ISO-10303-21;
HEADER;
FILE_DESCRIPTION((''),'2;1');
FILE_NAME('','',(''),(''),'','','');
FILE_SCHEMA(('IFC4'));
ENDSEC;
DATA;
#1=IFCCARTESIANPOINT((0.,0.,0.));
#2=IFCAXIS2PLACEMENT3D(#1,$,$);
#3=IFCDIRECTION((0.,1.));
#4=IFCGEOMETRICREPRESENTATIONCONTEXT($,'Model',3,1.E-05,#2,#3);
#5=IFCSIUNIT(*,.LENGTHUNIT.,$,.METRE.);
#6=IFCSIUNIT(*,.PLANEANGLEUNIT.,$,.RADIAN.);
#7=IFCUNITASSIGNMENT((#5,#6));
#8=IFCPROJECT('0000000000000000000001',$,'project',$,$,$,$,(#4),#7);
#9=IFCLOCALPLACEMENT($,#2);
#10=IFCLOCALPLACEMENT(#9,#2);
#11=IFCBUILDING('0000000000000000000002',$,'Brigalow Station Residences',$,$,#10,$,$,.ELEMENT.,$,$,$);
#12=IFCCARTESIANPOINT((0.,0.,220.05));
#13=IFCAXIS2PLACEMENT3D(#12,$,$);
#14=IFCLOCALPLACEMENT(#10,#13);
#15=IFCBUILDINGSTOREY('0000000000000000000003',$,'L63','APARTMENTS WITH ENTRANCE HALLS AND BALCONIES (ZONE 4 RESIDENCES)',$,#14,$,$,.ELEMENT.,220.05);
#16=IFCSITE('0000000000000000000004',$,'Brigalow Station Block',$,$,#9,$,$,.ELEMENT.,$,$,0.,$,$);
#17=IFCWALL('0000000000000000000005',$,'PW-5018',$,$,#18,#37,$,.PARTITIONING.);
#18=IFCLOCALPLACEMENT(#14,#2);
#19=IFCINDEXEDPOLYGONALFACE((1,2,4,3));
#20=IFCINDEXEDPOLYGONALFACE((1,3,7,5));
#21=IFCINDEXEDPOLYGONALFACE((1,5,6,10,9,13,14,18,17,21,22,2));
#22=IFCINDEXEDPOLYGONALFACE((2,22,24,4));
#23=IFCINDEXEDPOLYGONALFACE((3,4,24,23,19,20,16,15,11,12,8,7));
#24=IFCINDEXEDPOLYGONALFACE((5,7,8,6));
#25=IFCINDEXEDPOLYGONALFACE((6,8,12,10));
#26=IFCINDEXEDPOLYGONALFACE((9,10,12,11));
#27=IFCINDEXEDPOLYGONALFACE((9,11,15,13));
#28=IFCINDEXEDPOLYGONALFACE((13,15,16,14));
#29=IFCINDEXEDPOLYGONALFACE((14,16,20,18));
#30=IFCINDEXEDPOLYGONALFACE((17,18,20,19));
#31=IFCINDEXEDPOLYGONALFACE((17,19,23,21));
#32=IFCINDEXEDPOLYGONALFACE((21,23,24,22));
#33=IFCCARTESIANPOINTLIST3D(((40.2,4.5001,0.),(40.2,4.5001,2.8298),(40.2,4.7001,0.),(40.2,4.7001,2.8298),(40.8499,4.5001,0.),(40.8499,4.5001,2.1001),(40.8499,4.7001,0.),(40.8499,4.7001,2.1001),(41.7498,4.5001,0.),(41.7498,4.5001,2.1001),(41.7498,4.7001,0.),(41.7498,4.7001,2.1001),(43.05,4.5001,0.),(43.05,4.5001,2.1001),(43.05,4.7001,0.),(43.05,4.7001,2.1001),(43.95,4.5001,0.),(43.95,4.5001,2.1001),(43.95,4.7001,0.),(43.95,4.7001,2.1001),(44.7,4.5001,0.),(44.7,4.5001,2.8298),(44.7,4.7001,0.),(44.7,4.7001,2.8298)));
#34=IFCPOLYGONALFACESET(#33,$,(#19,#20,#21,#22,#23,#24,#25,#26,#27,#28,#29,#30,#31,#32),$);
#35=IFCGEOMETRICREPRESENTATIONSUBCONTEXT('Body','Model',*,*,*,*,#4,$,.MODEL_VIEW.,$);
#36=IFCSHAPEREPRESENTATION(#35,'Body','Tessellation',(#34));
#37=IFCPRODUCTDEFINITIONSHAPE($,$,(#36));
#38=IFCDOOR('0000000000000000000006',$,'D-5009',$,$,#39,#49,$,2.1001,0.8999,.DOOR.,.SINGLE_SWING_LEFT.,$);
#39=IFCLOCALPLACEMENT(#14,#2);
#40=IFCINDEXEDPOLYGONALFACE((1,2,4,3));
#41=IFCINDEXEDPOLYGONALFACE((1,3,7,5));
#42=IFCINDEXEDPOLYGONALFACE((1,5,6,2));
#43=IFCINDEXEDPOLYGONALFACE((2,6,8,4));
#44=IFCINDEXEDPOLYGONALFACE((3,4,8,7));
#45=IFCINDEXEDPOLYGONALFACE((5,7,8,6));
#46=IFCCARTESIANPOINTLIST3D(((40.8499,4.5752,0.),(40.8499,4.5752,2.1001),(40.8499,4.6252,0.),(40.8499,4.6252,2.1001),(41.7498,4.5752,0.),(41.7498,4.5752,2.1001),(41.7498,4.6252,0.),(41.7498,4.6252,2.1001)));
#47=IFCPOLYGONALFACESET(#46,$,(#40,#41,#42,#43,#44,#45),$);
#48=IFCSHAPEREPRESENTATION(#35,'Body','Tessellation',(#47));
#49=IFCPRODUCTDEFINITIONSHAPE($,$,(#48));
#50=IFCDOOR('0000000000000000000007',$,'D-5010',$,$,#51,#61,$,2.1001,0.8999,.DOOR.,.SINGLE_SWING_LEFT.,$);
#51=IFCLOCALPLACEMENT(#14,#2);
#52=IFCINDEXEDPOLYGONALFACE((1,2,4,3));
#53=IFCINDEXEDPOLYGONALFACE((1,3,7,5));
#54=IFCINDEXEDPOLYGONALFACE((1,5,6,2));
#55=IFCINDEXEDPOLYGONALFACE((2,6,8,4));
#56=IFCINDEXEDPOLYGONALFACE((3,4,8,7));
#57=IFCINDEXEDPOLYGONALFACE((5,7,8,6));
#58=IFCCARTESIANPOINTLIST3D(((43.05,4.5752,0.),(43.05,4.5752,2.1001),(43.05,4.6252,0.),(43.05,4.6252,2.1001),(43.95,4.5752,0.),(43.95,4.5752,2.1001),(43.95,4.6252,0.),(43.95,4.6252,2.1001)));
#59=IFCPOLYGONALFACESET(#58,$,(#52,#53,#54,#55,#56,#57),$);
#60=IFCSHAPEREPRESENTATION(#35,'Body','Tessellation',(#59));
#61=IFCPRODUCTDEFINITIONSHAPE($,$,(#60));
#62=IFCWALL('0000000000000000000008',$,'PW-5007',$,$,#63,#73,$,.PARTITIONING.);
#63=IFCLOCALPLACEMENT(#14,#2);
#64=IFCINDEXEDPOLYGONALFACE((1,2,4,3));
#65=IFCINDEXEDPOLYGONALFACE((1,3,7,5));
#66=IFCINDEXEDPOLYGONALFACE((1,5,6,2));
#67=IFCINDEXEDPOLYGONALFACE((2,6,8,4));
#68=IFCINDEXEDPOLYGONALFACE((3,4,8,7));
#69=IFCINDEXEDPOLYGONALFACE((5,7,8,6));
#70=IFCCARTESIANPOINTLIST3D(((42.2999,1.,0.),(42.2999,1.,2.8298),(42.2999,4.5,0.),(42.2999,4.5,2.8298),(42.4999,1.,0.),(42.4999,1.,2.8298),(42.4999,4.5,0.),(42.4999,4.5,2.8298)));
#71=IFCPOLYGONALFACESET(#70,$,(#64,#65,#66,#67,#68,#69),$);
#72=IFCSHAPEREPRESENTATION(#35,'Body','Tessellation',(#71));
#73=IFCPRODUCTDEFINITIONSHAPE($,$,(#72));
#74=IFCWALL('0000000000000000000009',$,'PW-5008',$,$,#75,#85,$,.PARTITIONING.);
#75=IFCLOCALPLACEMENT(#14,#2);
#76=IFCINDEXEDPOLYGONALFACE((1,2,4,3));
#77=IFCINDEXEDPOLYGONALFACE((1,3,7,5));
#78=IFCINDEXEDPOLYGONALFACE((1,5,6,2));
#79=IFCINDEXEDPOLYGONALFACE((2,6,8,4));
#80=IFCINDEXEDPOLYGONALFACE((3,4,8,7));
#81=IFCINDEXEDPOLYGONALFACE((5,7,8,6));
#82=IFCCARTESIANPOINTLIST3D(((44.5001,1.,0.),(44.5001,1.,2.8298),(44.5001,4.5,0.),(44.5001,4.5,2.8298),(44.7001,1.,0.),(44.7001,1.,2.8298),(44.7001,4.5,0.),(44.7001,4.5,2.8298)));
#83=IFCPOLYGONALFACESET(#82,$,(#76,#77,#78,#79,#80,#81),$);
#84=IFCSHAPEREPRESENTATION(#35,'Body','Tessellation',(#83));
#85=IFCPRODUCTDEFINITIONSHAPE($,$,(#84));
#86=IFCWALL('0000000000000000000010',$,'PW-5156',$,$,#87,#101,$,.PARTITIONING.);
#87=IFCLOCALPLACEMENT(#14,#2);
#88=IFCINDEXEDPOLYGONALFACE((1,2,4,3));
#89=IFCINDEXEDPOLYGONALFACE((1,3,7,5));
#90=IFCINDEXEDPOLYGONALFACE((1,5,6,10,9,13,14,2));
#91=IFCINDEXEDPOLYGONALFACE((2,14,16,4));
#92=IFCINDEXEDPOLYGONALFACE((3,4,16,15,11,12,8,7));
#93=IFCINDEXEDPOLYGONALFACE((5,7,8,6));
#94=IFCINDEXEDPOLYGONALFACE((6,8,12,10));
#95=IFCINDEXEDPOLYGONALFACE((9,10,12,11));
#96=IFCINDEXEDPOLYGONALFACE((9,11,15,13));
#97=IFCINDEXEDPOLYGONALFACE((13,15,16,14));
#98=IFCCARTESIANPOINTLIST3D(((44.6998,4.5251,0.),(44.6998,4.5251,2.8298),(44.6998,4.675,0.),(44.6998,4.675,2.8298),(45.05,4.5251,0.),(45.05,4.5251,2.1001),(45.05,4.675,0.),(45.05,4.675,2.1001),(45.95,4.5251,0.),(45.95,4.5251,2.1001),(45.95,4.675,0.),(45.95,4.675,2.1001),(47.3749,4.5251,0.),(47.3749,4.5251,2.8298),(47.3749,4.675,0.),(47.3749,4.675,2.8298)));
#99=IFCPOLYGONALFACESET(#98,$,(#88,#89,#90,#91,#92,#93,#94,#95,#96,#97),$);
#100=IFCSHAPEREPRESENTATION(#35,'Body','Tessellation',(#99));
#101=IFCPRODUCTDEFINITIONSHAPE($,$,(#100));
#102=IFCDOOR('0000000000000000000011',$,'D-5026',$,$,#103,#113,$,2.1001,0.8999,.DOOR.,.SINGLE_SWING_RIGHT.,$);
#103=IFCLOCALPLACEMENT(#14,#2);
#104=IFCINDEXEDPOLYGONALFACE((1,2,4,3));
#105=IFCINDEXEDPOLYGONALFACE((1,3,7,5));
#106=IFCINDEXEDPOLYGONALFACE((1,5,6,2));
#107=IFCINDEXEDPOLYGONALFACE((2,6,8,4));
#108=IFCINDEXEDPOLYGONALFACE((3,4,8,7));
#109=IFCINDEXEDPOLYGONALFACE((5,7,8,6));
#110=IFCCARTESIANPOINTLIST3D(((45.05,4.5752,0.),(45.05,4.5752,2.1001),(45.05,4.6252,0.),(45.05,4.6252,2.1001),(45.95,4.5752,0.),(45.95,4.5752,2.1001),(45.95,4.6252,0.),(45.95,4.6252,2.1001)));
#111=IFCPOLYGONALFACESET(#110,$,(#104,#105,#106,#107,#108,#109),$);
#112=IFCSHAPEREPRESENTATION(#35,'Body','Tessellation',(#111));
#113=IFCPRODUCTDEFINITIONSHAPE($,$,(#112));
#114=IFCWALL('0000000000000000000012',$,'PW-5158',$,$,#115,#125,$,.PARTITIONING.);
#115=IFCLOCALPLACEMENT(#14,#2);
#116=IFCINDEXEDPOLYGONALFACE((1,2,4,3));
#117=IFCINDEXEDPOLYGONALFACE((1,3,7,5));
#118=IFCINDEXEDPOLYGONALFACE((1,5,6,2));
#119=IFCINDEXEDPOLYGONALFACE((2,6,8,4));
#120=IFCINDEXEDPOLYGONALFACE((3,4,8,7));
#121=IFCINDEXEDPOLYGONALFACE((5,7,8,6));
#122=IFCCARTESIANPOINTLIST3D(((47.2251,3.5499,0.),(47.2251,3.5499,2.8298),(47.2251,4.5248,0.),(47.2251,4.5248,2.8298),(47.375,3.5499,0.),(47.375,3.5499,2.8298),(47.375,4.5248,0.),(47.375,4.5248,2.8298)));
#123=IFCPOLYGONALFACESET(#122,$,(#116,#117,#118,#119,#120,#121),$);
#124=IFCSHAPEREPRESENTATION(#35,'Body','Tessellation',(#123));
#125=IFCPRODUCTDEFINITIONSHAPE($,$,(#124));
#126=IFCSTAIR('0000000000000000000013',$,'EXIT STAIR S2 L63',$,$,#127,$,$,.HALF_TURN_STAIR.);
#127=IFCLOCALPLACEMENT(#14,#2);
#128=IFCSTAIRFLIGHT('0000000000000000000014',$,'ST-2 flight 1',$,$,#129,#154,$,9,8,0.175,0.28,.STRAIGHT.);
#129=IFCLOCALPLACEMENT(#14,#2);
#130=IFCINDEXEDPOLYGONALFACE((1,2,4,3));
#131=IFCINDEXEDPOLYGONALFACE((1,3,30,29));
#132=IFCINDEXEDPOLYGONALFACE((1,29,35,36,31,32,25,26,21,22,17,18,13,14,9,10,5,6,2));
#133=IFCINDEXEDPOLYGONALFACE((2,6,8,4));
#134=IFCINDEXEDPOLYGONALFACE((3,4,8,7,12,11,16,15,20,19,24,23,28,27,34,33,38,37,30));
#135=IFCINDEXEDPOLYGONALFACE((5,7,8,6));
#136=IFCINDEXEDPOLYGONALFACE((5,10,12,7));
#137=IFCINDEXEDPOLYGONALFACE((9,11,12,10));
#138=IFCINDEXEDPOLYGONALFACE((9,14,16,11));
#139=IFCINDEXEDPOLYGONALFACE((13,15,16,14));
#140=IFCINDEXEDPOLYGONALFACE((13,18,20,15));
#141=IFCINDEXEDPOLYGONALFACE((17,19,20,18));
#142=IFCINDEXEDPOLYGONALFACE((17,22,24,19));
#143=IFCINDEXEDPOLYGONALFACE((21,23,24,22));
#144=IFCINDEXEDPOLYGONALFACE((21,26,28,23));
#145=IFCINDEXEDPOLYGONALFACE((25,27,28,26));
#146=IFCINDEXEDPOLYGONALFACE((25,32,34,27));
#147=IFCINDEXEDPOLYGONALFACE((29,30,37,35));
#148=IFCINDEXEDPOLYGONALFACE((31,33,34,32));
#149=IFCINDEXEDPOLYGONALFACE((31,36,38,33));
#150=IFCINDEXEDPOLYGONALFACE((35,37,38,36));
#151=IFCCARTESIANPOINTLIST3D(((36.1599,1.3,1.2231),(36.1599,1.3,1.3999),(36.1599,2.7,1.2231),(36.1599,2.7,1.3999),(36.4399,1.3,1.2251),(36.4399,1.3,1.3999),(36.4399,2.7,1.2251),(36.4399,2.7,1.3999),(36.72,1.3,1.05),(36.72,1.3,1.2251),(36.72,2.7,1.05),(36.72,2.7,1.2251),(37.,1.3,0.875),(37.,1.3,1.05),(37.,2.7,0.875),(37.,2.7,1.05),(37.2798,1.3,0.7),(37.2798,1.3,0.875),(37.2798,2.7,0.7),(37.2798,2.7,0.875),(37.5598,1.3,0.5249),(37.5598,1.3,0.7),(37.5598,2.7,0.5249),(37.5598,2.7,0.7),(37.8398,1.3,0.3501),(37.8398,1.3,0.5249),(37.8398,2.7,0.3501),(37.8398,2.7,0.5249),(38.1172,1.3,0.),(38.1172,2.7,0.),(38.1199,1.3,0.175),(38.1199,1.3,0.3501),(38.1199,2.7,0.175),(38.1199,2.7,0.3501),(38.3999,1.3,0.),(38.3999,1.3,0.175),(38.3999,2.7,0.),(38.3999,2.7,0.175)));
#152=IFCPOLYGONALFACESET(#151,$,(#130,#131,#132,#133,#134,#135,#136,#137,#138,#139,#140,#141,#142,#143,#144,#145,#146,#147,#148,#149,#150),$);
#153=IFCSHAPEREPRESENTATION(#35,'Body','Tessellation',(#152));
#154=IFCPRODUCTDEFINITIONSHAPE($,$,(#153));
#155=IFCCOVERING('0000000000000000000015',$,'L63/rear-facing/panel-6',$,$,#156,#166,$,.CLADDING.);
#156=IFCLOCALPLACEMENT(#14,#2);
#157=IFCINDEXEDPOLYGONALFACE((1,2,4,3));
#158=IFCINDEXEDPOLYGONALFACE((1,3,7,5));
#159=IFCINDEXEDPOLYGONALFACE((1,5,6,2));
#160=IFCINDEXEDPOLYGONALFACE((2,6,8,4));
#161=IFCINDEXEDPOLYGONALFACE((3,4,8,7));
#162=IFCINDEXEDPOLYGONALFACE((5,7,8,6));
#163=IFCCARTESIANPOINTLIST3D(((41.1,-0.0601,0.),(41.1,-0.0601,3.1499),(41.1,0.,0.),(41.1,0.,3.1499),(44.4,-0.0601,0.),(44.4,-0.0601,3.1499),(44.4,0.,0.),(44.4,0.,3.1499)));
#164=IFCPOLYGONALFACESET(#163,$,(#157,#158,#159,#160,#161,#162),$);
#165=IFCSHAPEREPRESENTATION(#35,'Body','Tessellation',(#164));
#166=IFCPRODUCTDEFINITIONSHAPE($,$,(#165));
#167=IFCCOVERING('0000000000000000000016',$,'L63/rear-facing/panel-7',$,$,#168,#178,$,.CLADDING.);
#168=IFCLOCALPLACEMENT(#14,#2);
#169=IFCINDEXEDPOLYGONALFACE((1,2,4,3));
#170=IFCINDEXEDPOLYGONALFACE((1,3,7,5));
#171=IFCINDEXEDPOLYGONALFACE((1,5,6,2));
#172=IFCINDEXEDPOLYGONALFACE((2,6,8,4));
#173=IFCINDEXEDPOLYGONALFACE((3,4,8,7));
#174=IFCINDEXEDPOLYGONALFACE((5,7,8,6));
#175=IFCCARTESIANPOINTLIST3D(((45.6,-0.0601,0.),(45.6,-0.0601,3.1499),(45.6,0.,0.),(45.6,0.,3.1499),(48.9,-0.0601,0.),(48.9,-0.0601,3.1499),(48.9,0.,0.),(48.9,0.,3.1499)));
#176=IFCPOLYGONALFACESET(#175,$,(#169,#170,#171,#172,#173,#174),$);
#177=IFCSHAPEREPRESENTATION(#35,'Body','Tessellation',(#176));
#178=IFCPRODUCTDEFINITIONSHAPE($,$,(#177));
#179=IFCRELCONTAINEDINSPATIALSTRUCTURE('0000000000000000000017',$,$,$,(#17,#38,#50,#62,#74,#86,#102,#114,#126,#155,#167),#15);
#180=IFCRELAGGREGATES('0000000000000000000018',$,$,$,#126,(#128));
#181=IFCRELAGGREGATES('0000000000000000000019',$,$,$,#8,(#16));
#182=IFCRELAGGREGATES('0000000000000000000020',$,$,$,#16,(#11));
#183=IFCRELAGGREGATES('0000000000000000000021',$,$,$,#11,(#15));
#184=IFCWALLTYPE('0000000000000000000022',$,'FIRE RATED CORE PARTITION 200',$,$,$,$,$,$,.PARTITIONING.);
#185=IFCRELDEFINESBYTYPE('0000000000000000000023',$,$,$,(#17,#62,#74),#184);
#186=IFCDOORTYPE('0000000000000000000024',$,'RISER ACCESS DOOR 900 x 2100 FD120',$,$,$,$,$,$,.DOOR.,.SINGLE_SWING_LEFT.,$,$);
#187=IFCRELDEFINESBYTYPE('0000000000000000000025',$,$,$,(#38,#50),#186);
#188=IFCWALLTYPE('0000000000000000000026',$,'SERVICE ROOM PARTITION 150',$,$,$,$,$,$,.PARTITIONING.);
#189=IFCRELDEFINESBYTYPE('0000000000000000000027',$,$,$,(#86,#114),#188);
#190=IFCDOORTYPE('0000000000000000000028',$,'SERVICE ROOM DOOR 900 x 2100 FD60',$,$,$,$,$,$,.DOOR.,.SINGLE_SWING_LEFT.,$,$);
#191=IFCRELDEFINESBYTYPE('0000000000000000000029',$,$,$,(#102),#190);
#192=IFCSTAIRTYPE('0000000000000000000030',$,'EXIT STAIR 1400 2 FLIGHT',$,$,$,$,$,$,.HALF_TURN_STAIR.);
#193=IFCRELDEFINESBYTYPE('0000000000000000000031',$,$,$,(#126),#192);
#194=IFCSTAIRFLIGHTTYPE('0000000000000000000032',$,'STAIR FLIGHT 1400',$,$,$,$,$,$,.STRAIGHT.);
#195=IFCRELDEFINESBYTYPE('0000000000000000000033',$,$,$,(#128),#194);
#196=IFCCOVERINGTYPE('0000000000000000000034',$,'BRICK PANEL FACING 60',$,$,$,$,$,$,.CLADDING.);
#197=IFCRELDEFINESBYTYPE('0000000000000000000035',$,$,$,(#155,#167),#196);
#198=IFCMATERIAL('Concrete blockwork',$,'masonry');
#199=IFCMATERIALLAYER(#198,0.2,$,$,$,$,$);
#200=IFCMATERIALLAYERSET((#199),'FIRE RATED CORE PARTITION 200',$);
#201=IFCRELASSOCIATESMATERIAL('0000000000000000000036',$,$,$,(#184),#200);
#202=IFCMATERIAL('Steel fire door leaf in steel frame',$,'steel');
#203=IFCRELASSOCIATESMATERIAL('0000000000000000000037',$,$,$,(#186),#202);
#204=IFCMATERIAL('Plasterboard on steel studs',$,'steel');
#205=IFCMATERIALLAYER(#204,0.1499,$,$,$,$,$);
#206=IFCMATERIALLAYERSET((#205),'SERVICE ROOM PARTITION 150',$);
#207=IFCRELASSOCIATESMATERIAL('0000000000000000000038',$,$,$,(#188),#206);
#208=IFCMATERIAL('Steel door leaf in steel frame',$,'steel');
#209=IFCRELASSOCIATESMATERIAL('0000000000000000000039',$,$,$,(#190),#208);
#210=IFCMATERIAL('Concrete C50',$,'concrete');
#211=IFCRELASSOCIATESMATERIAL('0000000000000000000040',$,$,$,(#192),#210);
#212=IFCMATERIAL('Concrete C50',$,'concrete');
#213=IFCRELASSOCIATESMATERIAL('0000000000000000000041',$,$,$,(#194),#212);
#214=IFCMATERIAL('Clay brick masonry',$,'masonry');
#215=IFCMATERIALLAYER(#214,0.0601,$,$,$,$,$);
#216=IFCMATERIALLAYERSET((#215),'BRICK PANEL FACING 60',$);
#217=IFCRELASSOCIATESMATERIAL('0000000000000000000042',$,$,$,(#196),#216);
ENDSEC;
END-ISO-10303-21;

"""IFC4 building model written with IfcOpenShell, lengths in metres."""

from ifc_helpers import new_model, si_unit, direction, frame, frame_2d, origin, origin_2d, place, context, subcontext, project, spatial, polyline, rectangle, outline, extrude, material, layer, layer_set, type_object, element, fill, aggregate, save


model = new_model("IFC4")

# Units and contexts
model_context = context("Model", 3, precision=1e-05, world=origin(), true_north=direction((0.0, 1.0)))
body_context = subcontext(model_context, "Body", "Model", "MODEL_VIEW")
ifc_project = project(units=[si_unit("LENGTHUNIT", "METRE"), si_unit("PLANEANGLEUNIT", "RADIAN")], contexts=[model_context])

# Site, building, storey
site_placement = place(None, origin())
site = spatial("IfcSite", under=ifc_project, at=site_placement, Name="Brigalow Station Block", CompositionType="ELEMENT", RefElevation=0.0)
building_placement = place(site_placement, origin())
building = spatial("IfcBuilding", under=site, at=building_placement, Name="Brigalow Station Residences", CompositionType="ELEMENT")
storey_placement = place(building_placement, frame((0.0, 0.0, 220.05)))
storey = spatial("IfcBuildingStorey", under=building, at=storey_placement, Name="L63", Description="APARTMENTS WITH ENTRANCE HALLS AND BALCONIES (ZONE 4 RESIDENCES)", CompositionType="ELEMENT", Elevation=220.05)

# Wall, openings, doors
ifc_material_1 = material(Name="Concrete blockwork", Category="masonry")
ifc_layer_1 = layer(ifc_material_1, 0.2)
ifc_layer_set_1 = layer_set([ifc_layer_1], Name="FIRE RATED CORE PARTITION 200")
wall_type_1 = type_object("IfcWallType", Name="FIRE RATED CORE PARTITION 200", PredefinedType="PARTITIONING", material=ifc_layer_set_1)
wall_1_placement = place(storey_placement, frame((40.2, 4.6001, 0.0), z_axis=(0.0, 0.0, 1.0), x_axis=(1.0, 0.0, 0.0)))
wall_1 = element("IfcWall", 1, at=wall_1_placement, inside=storey, type_object=wall_type_1, Name="PW-5018", PredefinedType="PARTITIONING", context=body_context, shape_type="SweptSolid", body=[
    extrude(rectangle(XDim=4.5, YDim=0.2, at=frame_2d((2.25, 0.0))), origin(), (0.0, 0.0, 1.0), 2.8298),
])
opening_1_placement = place(wall_1_placement, frame((0.6499, 0.0, 0.0)))
opening_1 = element("IfcOpeningElement", 2, at=opening_1_placement, cuts=wall_1, PredefinedType="OPENING", context=body_context, shape_type="SweptSolid", body=[
    extrude(rectangle(XDim=0.8999, YDim=2.1001, at=frame_2d((0.45, 1.05))), frame((0.0, 0.1099, 0.0), z_axis=(0.0, -1.0, 0.0), x_axis=(1.0, 0.0, 0.0)), (0.0, 0.0, 1.0), 0.22),
])
opening_2_placement = place(wall_1_placement, frame((2.8501, 0.0, 0.0)))
opening_2 = element("IfcOpeningElement", 3, at=opening_2_placement, cuts=wall_1, PredefinedType="OPENING", context=body_context, shape_type="SweptSolid", body=[
    extrude(rectangle(XDim=0.8999, YDim=2.1001, at=frame_2d((0.45, 1.05))), frame((0.0, 0.1099, 0.0), z_axis=(0.0, -1.0, 0.0), x_axis=(1.0, 0.0, 0.0)), (0.0, 0.0, 1.0), 0.22),
])
ifc_material_2 = material(Name="Steel fire door leaf in steel frame", Category="steel")
door_type_1 = type_object("IfcDoorType", Name="RISER ACCESS DOOR 900 x 2100 FD120", OperationType="SINGLE_SWING_LEFT", PredefinedType="DOOR", material=ifc_material_2)
door_1_placement = place(opening_1_placement, frame((0.8999, 0.0, 0.0), z_axis=(0.0, 0.0, 1.0), x_axis=(-1.0, 0.0, 0.0)))
door_1 = element("IfcDoor", 4, at=door_1_placement, inside=storey, type_object=door_type_1, Name="D-5009", OperationType="SINGLE_SWING_LEFT", OverallHeight=2.1001, OverallWidth=0.8999, PredefinedType="DOOR", context=body_context, shape_type="SweptSolid", body=[
    extrude(rectangle(XDim=0.8999, YDim=2.1001, at=frame_2d((0.45, 1.05))), frame((0.0, 0.0249, 0.0), z_axis=(0.0, -1.0, 0.0), x_axis=(1.0, 0.0, 0.0)), (0.0, 0.0, 1.0), 0.05),
])
fill(opening_1, door_1)
door_2_placement = place(opening_2_placement, frame((0.8999, 0.0, 0.0), z_axis=(0.0, 0.0, 1.0), x_axis=(-1.0, 0.0, 0.0)))
door_2 = element("IfcDoor", 5, at=door_2_placement, inside=storey, type_object=door_type_1, Name="D-5010", OperationType="SINGLE_SWING_LEFT", OverallHeight=2.1001, OverallWidth=0.8999, PredefinedType="DOOR", context=body_context, shape_type="SweptSolid", body=[
    extrude(rectangle(XDim=0.8999, YDim=2.1001, at=frame_2d((0.45, 1.05))), frame((0.0, 0.0249, 0.0), z_axis=(0.0, -1.0, 0.0), x_axis=(1.0, 0.0, 0.0)), (0.0, 0.0, 1.0), 0.05),
])
fill(opening_2, door_2)

# Walls
for number, where, z_axis, x_axis, name in (
    (6, (42.3999, 1.0, 0.0), (0.0, 0.0, 1.0), (0.0, 1.0, 0.0), "PW-5007"),
    (7, (44.6001, 1.0, 0.0), (0.0, 0.0, 1.0), (0.0, 1.0, 0.0), "PW-5008"),
):
    element("IfcWall", number, at=place(storey_placement, frame(where, z_axis=z_axis, x_axis=x_axis)), inside=storey, type_object=wall_type_1, Name=name, PredefinedType="PARTITIONING", context=body_context, shape_type="SweptSolid", body=[
        extrude(rectangle(XDim=3.5, YDim=0.2, at=frame_2d((1.75, 0.0))), origin(), (0.0, 0.0, 1.0), 2.8298),
    ])

# Wall, opening, door
ifc_material_3 = material(Name="Plasterboard on steel studs", Category="steel")
ifc_layer_2 = layer(ifc_material_3, 0.1499)
ifc_layer_set_2 = layer_set([ifc_layer_2], Name="SERVICE ROOM PARTITION 150")
wall_type_2 = type_object("IfcWallType", Name="SERVICE ROOM PARTITION 150", PredefinedType="PARTITIONING", material=ifc_layer_set_2)
wall_2_placement = place(storey_placement, frame((44.7, 4.6001, 0.0), z_axis=(0.0, 0.0, 1.0), x_axis=(1.0, 0.0, 0.0)))
wall_2 = element("IfcWall", 8, at=wall_2_placement, inside=storey, type_object=wall_type_2, Name="PW-5156", PredefinedType="PARTITIONING", context=body_context, shape_type="SweptSolid", body=[
    extrude(rectangle(XDim=2.675, YDim=0.1499, at=frame_2d((1.3374, 0.0))), origin(), (0.0, 0.0, 1.0), 2.8298),
])
opening_3_placement = place(wall_2_placement, frame((0.3501, 0.0, 0.0)))
opening_3 = element("IfcOpeningElement", 9, at=opening_3_placement, cuts=wall_2, PredefinedType="OPENING", context=body_context, shape_type="SweptSolid", body=[
    extrude(rectangle(XDim=0.8999, YDim=2.1001, at=frame_2d((0.45, 1.05))), frame((0.0, 0.085, 0.0), z_axis=(0.0, -1.0, 0.0), x_axis=(1.0, 0.0, 0.0)), (0.0, 0.0, 1.0), 0.1699),
])
ifc_material_4 = material(Name="Steel door leaf in steel frame", Category="steel")
door_type_2 = type_object("IfcDoorType", Name="SERVICE ROOM DOOR 900 x 2100 FD60", OperationType="SINGLE_SWING_LEFT", PredefinedType="DOOR", material=ifc_material_4)
door_3_placement = place(opening_3_placement, frame((0.8999, 0.0, 0.0), z_axis=(0.0, 0.0, 1.0), x_axis=(-1.0, 0.0, 0.0)))
door_3 = element("IfcDoor", 10, at=door_3_placement, inside=storey, type_object=door_type_2, Name="D-5026", OperationType="SINGLE_SWING_RIGHT", OverallHeight=2.1001, OverallWidth=0.8999, PredefinedType="DOOR", context=body_context, shape_type="SweptSolid", body=[
    extrude(rectangle(XDim=0.8999, YDim=2.1001, at=frame_2d((0.45, 1.05))), frame((0.0, 0.0249, 0.0), z_axis=(0.0, -1.0, 0.0), x_axis=(1.0, 0.0, 0.0)), (0.0, 0.0, 1.0), 0.05),
])
fill(opening_3, door_3)

# Wall
wall_3_placement = place(storey_placement, frame((47.3, 3.55, 0.0), z_axis=(0.0, 0.0, 1.0), x_axis=(0.0, 1.0, 0.0)))
element("IfcWall", 11, at=wall_3_placement, inside=storey, type_object=wall_type_2, Name="PW-5158", PredefinedType="PARTITIONING", context=body_context, shape_type="SweptSolid", body=[
    extrude(rectangle(XDim=0.9749, YDim=0.1499, at=frame_2d((0.4873, 0.0))), origin(), (0.0, 0.0, 1.0), 2.8298),
])

# Stair, stair flight
ifc_material_5 = material(Name="Concrete C50", Category="concrete")
stair_type = type_object("IfcStairType", Name="EXIT STAIR 1400 2 FLIGHT", PredefinedType="HALF_TURN_STAIR", material=ifc_material_5)
stair_placement = place(storey_placement, origin())
stair = element("IfcStair", 12, at=stair_placement, inside=storey, type_object=stair_type, Name="EXIT STAIR S2 L63", PredefinedType="HALF_TURN_STAIR")
ifc_material_6 = material(Name="Concrete C50", Category="concrete")
stair_flight_type = type_object("IfcStairFlightType", Name="STAIR FLIGHT 1400", PredefinedType="STRAIGHT", material=ifc_material_6)
stair_flight_placement = place(storey_placement, frame((38.3999, 2.0, 0.0), z_axis=(0.0, 0.0, 1.0), x_axis=(-1.0, 0.0, 0.0)))
stair_flight = element("IfcStairFlight", 13, at=stair_flight_placement, type_object=stair_flight_type, Name="ST-2 flight 1", NumberOfRisers=9, NumberOfTreads=8, PredefinedType="STRAIGHT", RiserHeight=0.175, TreadLength=0.28, context=body_context, shape_type="SweptSolid", body=[
    extrude(outline(polyline([(0.0, 0.0), (0.0, 0.175), (0.28, 0.175), (0.28, 0.3501), (0.5601, 0.3501), (0.5601, 0.5249), (0.8401, 0.5249), (0.8401, 0.7), (1.1201, 0.7), (1.1201, 0.875), (1.3999, 0.875), (1.3999, 1.05), (1.6799, 1.05), (1.6799, 1.2251), (1.96, 1.2251), (1.96, 1.3999), (2.24, 1.3999), (2.24, 1.575), (2.24, 1.2231), (0.2827, 0.0), (0.0, 0.0)])), frame((0.0, 0.7, 0.0), z_axis=(0.0, -1.0, 0.0), x_axis=(1.0, 0.0, 0.0)), (0.0, 0.0, 1.0), 1.3999),
])
aggregate(stair, [stair_flight])

# Coverings
ifc_material_7 = material(Name="Clay brick masonry", Category="masonry")
ifc_layer_3 = layer(ifc_material_7, 0.0601)
ifc_layer_set_3 = layer_set([ifc_layer_3], Name="BRICK PANEL FACING 60")
covering_type_1 = type_object("IfcCoveringType", Name="BRICK PANEL FACING 60", PredefinedType="CLADDING", material=ifc_layer_set_3)
for number, where, z_axis, x_axis, name in (
    (14, (42.75, -0.03, 0.0), (0.0, 0.0, 1.0), (1.0, 0.0, 0.0), "L63/rear-facing/panel-6"),
    (15, (47.25, -0.03, 0.0), (0.0, 0.0, 1.0), (1.0, 0.0, 0.0), "L63/rear-facing/panel-7"),
):
    element("IfcCovering", number, at=place(storey_placement, frame(where, z_axis=z_axis, x_axis=x_axis)), inside=storey, type_object=covering_type_1, Name=name, PredefinedType="CLADDING", context=body_context, shape_type="SweptSolid", body=[
        extrude(rectangle(XDim=3.3, YDim=0.0601, at=origin_2d()), origin(), (0.0, 0.0, 1.0), 3.1499),
    ])

save(model, "model.ifc")
